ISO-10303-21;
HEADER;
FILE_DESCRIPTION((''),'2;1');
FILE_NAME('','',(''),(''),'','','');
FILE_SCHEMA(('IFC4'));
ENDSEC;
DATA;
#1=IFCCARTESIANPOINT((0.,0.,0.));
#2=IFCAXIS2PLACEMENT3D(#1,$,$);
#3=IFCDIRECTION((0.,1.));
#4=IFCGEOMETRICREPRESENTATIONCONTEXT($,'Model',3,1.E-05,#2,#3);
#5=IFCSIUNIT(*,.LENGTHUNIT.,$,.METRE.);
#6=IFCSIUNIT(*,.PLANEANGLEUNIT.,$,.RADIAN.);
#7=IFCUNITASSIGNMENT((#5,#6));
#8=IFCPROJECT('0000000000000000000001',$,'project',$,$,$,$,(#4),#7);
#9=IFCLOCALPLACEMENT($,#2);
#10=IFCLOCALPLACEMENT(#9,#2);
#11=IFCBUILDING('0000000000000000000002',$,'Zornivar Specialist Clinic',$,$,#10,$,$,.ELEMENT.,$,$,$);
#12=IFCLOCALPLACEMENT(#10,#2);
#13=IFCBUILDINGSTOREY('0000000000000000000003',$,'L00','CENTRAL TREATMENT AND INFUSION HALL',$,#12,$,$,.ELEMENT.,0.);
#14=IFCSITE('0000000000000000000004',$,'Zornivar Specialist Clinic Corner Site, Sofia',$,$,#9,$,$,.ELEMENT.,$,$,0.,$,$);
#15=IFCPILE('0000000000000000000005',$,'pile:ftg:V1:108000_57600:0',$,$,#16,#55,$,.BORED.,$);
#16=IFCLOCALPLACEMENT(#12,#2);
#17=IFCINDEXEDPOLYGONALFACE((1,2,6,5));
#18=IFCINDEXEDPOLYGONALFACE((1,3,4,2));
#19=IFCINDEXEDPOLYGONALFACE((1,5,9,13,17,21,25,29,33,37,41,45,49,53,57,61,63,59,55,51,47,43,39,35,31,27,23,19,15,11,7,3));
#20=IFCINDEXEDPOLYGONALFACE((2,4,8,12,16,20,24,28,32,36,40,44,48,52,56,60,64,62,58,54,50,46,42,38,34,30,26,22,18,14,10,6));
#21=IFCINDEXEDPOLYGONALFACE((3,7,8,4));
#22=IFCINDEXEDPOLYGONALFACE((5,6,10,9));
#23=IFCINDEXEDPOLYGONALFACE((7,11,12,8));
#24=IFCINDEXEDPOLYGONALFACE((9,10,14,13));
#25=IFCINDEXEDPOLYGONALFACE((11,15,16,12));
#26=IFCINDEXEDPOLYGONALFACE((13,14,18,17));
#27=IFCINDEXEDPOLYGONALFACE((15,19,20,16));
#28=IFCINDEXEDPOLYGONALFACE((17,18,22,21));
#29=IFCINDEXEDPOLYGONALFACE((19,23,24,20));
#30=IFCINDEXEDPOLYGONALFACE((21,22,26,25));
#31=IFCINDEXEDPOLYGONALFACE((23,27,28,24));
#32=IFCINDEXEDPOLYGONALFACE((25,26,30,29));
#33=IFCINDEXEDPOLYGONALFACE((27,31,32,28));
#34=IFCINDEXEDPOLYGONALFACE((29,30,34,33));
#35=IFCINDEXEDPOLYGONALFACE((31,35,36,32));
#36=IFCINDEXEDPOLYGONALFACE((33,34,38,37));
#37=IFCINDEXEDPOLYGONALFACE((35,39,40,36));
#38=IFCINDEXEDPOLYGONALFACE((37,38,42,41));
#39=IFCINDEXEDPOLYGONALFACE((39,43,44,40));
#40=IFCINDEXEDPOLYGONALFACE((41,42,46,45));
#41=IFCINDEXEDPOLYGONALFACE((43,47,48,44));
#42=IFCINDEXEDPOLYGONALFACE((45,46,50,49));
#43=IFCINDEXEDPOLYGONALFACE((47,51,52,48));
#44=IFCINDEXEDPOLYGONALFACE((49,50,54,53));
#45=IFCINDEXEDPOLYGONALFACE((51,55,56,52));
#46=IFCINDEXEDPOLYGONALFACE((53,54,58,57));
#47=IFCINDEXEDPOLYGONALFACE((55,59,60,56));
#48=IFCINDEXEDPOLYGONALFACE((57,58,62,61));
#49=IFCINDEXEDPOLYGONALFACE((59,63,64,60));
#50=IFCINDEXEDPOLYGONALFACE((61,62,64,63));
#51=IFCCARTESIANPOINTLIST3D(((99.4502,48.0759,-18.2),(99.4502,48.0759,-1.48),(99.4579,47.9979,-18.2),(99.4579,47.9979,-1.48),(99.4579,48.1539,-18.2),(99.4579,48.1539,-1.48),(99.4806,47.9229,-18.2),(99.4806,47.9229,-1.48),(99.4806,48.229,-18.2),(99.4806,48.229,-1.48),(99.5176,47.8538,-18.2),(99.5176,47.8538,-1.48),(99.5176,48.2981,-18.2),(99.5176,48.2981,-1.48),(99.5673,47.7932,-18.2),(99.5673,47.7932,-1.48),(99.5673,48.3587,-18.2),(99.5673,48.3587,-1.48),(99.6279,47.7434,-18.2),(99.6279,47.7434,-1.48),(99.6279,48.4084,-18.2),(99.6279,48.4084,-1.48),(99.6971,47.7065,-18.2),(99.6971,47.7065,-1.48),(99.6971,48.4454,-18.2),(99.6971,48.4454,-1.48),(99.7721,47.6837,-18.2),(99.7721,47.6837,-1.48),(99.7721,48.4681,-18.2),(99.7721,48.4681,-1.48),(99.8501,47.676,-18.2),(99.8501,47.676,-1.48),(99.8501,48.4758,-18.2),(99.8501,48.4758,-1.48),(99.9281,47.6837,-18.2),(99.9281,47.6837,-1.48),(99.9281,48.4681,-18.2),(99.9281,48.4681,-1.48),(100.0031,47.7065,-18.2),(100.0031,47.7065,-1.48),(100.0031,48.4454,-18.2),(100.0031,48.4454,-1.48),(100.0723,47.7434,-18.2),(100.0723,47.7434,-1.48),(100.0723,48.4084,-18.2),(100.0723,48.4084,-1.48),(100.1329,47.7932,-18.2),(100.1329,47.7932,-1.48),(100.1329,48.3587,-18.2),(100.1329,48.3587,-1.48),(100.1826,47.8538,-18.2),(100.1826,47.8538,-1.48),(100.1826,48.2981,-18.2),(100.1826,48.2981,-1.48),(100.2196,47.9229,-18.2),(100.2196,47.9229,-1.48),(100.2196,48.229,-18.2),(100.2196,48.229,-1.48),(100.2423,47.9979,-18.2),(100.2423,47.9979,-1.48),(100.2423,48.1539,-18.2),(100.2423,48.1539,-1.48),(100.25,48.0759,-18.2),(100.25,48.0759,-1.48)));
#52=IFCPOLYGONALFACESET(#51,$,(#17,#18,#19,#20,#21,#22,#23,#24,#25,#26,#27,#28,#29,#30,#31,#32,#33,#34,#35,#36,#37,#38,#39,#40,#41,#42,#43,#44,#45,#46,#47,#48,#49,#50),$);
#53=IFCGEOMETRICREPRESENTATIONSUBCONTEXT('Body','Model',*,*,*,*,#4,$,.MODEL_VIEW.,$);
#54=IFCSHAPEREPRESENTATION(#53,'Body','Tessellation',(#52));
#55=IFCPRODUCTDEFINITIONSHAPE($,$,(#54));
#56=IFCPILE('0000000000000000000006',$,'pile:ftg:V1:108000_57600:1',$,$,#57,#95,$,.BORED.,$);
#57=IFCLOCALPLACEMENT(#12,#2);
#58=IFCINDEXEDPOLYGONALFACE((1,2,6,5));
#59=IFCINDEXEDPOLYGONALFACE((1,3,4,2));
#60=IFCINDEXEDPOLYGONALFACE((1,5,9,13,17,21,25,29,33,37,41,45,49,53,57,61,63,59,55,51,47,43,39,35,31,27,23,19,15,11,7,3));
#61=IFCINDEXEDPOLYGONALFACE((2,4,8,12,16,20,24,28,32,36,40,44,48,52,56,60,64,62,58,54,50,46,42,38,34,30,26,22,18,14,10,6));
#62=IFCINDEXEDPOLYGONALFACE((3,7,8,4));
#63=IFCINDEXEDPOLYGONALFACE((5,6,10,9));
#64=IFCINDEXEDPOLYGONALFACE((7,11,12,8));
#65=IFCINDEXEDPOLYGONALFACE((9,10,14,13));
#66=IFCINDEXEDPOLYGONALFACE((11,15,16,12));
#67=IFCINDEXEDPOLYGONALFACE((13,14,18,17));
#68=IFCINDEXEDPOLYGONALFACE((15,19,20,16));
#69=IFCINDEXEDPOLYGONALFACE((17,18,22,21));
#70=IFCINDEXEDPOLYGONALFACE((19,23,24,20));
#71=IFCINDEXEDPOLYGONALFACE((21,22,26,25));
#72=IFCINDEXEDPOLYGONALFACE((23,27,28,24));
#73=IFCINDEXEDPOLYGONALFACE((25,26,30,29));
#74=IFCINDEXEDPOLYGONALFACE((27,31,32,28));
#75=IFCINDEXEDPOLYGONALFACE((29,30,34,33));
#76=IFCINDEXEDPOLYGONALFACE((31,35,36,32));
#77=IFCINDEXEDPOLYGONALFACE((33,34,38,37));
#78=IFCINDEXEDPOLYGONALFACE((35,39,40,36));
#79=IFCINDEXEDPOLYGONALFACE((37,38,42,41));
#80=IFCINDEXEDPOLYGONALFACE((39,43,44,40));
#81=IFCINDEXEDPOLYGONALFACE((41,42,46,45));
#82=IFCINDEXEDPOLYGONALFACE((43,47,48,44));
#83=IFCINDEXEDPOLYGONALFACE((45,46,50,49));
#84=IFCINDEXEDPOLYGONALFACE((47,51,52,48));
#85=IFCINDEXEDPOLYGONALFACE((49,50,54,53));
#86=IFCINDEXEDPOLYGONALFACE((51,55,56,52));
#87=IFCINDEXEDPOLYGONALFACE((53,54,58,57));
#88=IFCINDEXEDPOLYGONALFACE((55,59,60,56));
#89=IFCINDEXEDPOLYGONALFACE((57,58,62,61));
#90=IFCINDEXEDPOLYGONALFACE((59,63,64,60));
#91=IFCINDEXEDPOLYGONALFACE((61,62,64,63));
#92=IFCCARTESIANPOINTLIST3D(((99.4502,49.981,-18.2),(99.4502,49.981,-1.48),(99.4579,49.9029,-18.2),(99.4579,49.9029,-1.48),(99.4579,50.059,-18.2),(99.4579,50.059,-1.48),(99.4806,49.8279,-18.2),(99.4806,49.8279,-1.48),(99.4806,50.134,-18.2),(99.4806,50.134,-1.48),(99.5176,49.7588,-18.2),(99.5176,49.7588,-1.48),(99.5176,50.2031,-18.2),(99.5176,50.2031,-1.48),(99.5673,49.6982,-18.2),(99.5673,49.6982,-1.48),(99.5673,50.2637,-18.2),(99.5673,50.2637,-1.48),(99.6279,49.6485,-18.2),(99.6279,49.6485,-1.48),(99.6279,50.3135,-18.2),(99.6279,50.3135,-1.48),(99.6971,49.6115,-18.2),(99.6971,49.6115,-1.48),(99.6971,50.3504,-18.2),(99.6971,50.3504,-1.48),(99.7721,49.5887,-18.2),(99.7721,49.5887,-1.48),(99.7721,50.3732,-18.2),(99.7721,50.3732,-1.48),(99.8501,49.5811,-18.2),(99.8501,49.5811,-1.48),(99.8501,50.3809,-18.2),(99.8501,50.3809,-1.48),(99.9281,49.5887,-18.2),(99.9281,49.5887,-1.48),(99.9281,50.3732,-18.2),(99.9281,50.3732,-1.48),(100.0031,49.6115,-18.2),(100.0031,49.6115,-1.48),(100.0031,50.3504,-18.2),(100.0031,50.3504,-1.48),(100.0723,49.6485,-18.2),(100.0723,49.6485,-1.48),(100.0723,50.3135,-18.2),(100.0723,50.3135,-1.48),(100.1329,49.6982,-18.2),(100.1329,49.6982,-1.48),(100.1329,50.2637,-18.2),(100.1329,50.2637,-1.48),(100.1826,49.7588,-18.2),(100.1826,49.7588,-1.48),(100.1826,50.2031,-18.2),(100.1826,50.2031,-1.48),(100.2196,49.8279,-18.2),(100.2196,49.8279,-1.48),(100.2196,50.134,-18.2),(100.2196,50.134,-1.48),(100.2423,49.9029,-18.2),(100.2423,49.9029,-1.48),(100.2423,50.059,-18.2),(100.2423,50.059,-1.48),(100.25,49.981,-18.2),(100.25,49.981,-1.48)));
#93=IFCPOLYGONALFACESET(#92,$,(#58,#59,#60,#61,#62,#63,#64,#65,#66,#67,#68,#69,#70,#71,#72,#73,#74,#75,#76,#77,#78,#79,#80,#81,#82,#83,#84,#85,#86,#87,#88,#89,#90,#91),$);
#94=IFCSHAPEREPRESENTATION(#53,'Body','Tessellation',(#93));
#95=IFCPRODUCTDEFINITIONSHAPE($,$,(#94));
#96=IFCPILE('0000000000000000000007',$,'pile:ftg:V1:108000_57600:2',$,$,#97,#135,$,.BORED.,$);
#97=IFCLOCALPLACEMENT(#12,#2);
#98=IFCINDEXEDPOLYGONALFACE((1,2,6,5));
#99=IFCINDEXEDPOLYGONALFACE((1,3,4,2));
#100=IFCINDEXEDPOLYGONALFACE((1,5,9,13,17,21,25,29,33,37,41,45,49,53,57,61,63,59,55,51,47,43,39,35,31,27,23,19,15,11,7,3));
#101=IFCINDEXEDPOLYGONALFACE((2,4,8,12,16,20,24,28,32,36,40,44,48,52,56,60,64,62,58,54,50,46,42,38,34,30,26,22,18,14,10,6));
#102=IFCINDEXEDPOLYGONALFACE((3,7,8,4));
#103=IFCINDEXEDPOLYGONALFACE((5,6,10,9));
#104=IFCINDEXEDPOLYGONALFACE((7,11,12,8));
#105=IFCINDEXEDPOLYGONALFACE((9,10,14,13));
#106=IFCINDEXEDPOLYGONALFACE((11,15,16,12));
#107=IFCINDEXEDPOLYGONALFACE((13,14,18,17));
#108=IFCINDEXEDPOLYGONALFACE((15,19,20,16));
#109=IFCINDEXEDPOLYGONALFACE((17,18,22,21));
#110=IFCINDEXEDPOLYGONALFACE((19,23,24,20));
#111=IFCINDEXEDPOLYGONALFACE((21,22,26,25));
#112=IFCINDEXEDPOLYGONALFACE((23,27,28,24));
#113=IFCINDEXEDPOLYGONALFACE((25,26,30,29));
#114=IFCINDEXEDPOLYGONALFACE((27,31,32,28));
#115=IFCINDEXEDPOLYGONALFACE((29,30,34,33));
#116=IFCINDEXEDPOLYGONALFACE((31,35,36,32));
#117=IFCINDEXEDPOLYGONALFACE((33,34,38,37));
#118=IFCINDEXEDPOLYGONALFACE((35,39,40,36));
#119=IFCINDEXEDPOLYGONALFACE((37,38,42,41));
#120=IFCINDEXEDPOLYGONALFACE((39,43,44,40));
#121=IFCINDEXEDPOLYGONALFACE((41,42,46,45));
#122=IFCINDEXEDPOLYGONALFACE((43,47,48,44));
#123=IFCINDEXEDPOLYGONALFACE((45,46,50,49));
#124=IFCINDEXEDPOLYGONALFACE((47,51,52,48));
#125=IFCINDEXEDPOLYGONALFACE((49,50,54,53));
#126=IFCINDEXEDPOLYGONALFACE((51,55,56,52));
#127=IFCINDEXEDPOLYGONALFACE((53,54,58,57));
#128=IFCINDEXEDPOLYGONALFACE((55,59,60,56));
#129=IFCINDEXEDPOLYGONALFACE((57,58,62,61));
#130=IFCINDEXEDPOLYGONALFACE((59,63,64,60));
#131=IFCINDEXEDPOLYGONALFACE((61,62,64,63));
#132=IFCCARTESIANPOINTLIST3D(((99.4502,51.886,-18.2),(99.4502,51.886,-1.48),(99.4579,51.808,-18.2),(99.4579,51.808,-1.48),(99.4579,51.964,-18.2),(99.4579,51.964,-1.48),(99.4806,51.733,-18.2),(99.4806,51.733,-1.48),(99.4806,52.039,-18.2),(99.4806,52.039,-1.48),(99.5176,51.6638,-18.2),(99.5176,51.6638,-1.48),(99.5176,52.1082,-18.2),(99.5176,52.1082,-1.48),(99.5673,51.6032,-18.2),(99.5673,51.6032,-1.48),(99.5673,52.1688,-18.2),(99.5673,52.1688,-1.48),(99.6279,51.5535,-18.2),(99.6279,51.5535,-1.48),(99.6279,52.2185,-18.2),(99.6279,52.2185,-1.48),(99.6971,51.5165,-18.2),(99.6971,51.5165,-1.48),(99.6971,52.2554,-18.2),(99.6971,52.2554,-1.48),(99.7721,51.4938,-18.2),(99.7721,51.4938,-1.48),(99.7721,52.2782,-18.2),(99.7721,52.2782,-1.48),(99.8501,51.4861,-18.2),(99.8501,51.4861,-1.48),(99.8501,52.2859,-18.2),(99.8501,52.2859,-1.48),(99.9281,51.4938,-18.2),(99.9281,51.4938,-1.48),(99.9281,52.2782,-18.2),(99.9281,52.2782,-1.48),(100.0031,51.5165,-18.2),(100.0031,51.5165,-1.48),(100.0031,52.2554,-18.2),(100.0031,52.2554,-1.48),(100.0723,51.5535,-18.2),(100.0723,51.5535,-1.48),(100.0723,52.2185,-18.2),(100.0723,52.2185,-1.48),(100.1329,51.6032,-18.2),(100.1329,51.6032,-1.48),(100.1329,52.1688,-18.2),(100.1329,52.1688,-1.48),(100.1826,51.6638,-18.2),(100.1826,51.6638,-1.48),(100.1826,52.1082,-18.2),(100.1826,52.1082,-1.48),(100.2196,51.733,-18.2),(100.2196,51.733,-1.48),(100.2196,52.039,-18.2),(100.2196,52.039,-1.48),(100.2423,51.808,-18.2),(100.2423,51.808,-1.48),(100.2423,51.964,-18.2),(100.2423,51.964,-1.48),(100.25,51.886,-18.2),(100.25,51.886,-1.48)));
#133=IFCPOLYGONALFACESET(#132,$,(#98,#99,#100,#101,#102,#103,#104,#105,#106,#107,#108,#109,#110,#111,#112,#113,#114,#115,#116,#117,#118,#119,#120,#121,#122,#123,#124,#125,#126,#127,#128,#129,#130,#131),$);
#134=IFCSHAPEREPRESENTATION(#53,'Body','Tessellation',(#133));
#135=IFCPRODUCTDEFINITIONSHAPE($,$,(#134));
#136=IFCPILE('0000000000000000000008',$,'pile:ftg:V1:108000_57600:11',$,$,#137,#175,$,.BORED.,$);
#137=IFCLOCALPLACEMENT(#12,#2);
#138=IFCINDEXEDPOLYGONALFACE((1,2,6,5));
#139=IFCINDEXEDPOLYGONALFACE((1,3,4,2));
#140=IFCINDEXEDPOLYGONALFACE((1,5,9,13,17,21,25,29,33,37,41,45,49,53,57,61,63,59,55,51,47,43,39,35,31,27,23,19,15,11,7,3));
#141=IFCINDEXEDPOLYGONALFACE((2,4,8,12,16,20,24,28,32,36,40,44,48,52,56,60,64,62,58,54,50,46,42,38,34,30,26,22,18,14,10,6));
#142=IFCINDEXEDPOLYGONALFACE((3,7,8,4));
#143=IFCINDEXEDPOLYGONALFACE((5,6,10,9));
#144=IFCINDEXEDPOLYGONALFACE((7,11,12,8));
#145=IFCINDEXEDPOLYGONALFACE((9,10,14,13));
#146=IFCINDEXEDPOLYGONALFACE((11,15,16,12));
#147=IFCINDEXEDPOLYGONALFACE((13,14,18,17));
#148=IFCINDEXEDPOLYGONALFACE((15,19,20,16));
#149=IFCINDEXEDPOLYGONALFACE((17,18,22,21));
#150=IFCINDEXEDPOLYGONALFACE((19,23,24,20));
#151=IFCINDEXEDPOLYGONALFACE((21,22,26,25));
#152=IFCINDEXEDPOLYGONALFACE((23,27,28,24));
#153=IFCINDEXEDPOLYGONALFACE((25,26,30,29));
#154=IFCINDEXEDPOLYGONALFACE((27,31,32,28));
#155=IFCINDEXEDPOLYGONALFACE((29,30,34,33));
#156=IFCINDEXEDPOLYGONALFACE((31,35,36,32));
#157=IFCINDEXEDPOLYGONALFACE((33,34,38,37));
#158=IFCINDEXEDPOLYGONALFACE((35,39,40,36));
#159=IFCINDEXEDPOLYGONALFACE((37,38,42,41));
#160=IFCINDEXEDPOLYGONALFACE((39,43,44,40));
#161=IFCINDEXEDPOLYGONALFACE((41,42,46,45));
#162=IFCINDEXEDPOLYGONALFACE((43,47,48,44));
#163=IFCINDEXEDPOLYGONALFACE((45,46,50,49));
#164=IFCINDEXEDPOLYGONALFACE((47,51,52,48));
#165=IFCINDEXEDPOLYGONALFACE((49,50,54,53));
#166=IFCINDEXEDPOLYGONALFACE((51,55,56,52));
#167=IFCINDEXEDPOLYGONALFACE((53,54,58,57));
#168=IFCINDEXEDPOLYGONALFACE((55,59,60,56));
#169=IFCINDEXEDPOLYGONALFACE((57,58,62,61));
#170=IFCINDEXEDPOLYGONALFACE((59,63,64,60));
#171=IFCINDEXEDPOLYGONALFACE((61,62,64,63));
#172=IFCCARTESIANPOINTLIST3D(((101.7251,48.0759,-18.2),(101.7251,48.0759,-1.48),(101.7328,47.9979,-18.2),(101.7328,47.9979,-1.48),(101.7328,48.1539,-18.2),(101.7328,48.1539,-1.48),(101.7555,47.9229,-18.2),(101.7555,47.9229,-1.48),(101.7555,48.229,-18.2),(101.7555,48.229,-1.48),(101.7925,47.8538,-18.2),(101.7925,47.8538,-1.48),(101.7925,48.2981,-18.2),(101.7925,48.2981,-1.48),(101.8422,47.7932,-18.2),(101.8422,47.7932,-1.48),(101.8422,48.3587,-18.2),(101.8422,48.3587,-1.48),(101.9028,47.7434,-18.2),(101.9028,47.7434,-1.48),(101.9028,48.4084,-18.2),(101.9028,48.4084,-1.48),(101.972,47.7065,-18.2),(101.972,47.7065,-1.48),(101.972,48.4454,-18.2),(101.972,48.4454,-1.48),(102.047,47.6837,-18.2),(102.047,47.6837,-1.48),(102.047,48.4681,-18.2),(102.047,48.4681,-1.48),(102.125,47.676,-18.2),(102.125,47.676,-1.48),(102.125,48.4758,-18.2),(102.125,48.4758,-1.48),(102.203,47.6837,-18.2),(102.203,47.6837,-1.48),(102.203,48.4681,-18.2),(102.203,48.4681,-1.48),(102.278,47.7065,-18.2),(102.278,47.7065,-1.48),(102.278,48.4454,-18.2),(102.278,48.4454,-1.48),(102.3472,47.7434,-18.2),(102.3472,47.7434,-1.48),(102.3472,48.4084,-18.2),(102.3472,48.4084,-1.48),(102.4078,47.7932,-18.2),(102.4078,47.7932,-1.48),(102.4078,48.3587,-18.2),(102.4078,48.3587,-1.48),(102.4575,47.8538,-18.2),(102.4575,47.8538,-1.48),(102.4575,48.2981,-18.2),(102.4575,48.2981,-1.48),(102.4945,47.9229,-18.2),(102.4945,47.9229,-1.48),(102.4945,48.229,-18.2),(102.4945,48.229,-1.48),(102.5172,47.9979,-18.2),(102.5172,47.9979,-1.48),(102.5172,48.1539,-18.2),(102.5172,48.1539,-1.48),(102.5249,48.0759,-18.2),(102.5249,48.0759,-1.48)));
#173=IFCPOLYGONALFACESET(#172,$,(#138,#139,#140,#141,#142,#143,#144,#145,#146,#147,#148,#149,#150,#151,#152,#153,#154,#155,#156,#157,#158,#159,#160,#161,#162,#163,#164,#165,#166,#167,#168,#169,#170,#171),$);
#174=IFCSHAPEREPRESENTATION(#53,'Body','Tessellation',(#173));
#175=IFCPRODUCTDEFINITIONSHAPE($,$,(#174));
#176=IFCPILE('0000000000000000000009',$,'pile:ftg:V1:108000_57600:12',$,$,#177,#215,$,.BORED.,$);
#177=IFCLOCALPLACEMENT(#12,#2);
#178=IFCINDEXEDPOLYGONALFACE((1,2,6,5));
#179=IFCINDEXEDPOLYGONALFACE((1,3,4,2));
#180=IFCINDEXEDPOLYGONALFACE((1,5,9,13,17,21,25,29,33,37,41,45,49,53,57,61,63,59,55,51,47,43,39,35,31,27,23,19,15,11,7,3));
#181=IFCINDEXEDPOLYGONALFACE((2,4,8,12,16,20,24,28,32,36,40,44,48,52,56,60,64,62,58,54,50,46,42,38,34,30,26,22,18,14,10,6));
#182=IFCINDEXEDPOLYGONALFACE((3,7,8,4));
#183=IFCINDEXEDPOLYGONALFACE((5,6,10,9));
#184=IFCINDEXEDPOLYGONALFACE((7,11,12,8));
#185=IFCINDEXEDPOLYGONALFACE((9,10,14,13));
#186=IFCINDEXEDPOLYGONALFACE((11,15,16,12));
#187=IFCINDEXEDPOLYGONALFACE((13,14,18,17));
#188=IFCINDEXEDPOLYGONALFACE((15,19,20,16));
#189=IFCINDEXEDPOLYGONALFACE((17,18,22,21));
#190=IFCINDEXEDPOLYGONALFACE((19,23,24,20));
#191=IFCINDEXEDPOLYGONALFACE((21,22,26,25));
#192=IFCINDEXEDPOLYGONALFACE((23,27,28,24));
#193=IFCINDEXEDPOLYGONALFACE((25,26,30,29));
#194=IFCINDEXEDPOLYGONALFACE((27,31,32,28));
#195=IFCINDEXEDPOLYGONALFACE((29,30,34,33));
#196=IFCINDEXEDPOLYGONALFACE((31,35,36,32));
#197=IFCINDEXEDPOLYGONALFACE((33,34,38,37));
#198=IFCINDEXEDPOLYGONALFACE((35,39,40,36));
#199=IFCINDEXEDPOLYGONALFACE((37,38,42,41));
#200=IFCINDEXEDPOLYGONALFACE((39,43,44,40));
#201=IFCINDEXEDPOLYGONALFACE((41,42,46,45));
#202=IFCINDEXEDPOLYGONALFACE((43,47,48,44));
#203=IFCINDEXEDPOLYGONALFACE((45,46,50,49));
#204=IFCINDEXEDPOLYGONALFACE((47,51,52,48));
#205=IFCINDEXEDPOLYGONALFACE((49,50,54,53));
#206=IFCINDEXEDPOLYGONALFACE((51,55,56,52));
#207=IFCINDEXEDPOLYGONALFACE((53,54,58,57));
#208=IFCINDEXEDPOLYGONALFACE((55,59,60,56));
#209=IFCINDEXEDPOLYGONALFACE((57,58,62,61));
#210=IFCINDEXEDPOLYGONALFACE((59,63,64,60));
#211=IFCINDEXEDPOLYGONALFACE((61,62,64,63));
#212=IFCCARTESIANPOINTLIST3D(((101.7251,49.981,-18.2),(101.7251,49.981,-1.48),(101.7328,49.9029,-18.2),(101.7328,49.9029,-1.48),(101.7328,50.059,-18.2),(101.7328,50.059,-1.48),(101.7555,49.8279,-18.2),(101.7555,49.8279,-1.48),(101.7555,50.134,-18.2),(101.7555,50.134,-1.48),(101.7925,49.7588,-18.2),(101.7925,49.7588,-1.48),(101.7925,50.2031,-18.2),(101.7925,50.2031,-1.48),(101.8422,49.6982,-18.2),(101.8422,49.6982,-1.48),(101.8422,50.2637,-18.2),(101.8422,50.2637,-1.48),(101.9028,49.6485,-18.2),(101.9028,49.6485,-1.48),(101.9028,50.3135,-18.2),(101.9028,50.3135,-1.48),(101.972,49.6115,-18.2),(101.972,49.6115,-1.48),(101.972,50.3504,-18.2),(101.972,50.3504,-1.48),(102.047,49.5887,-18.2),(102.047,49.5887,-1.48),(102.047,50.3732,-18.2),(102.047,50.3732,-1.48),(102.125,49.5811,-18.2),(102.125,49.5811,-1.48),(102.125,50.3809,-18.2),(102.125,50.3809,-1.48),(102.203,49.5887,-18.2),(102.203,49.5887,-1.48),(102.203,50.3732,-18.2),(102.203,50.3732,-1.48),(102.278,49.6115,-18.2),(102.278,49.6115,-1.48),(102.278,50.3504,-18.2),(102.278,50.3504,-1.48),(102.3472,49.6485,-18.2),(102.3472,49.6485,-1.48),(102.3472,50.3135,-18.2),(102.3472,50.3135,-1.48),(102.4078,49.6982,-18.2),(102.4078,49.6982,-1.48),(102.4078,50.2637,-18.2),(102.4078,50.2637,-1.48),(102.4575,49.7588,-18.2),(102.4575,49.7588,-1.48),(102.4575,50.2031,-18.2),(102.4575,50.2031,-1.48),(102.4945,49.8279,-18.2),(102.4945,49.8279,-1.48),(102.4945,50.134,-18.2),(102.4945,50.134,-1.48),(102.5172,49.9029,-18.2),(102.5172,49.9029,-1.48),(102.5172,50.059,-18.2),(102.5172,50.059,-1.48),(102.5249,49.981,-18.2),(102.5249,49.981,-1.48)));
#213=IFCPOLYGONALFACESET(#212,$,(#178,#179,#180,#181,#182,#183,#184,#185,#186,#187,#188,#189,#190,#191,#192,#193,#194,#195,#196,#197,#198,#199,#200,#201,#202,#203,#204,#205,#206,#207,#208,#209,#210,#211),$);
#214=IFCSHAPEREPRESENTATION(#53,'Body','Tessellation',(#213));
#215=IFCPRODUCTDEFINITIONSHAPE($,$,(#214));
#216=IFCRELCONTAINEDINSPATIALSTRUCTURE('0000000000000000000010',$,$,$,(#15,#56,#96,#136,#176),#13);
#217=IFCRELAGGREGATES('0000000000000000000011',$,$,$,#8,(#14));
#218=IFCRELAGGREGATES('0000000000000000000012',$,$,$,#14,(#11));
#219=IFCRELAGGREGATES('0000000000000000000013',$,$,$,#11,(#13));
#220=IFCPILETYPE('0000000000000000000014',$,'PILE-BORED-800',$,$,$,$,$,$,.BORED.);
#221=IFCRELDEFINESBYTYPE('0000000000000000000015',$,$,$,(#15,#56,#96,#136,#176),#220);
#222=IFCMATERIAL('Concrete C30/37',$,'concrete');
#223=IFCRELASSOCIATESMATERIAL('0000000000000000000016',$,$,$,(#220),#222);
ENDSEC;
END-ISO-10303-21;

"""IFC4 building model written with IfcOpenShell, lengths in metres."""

from ifc_helpers import new_model, si_unit, direction, frame, origin, origin_2d, place, context, subcontext, project, spatial, circle, extrude, material, material_profile, profile_set, type_object, element, save


model = new_model("IFC4")

# Units and contexts
model_context = context("Model", 3, precision=1e-05, world=origin(), true_north=direction((0.0, 1.0)))
body_context = subcontext(model_context, "Body", "Model", "MODEL_VIEW")
ifc_project = project(units=[si_unit("LENGTHUNIT", "METRE"), si_unit("PLANEANGLEUNIT", "RADIAN")], contexts=[model_context])

# Site, building, storey
site_placement = place(None, origin())
site = spatial("IfcSite", under=ifc_project, at=site_placement, Name="Zornivar Specialist Clinic Corner Site, Sofia", CompositionType="ELEMENT", RefElevation=0.0)
building_placement = place(site_placement, origin())
building = spatial("IfcBuilding", under=site, at=building_placement, Name="Zornivar Specialist Clinic", CompositionType="ELEMENT")
storey_placement = place(building_placement, origin())
storey = spatial("IfcBuildingStorey", under=building, at=storey_placement, Name="L00", Description="CENTRAL TREATMENT AND INFUSION HALL", CompositionType="ELEMENT", Elevation=0.0)

# Piles
ifc_material_1 = material(Name="Concrete C30/37", Category="concrete")
ifc_material_profile_1 = material_profile(ifc_material_1, circle(Radius=0.3999, at=origin_2d()), Name="PILE D800")
ifc_profile_set_1 = profile_set([ifc_material_profile_1], Name="Concrete C30/37")
pile_type = type_object("IfcPileType", Name="PILE-BORED-800", PredefinedType="BORED", material=ifc_profile_set_1)
for number, where, z_axis, x_axis, name in (
    (1, (99.8501, 48.0759, -1.48), (0.0, 0.0, -1.0), (1.0, 0.0, 0.0), "pile:ftg:V1:108000_57600:0"),
    (2, (99.8501, 49.981, -1.48), (0.0, 0.0, -1.0), (1.0, 0.0, 0.0), "pile:ftg:V1:108000_57600:1"),
    (3, (99.8501, 51.886, -1.48), (0.0, 0.0, -1.0), (1.0, 0.0, 0.0), "pile:ftg:V1:108000_57600:2"),
    (4, (102.125, 48.0759, -1.48), (0.0, 0.0, -1.0), (1.0, 0.0, 0.0), "pile:ftg:V1:108000_57600:11"),
    (5, (102.125, 49.981, -1.48), (0.0, 0.0, -1.0), (1.0, 0.0, 0.0), "pile:ftg:V1:108000_57600:12"),
):
    element("IfcPile", number, at=place(storey_placement, frame(where, z_axis=z_axis, x_axis=x_axis)), inside=storey, type_object=pile_type, Name=name, PredefinedType="BORED", context=body_context, shape_type="SweptSolid", body=[
        extrude(circle(Radius=0.3999, at=origin_2d()), origin(), (0.0, 0.0, 1.0), 16.72),
    ])

save(model, "model.ifc")
